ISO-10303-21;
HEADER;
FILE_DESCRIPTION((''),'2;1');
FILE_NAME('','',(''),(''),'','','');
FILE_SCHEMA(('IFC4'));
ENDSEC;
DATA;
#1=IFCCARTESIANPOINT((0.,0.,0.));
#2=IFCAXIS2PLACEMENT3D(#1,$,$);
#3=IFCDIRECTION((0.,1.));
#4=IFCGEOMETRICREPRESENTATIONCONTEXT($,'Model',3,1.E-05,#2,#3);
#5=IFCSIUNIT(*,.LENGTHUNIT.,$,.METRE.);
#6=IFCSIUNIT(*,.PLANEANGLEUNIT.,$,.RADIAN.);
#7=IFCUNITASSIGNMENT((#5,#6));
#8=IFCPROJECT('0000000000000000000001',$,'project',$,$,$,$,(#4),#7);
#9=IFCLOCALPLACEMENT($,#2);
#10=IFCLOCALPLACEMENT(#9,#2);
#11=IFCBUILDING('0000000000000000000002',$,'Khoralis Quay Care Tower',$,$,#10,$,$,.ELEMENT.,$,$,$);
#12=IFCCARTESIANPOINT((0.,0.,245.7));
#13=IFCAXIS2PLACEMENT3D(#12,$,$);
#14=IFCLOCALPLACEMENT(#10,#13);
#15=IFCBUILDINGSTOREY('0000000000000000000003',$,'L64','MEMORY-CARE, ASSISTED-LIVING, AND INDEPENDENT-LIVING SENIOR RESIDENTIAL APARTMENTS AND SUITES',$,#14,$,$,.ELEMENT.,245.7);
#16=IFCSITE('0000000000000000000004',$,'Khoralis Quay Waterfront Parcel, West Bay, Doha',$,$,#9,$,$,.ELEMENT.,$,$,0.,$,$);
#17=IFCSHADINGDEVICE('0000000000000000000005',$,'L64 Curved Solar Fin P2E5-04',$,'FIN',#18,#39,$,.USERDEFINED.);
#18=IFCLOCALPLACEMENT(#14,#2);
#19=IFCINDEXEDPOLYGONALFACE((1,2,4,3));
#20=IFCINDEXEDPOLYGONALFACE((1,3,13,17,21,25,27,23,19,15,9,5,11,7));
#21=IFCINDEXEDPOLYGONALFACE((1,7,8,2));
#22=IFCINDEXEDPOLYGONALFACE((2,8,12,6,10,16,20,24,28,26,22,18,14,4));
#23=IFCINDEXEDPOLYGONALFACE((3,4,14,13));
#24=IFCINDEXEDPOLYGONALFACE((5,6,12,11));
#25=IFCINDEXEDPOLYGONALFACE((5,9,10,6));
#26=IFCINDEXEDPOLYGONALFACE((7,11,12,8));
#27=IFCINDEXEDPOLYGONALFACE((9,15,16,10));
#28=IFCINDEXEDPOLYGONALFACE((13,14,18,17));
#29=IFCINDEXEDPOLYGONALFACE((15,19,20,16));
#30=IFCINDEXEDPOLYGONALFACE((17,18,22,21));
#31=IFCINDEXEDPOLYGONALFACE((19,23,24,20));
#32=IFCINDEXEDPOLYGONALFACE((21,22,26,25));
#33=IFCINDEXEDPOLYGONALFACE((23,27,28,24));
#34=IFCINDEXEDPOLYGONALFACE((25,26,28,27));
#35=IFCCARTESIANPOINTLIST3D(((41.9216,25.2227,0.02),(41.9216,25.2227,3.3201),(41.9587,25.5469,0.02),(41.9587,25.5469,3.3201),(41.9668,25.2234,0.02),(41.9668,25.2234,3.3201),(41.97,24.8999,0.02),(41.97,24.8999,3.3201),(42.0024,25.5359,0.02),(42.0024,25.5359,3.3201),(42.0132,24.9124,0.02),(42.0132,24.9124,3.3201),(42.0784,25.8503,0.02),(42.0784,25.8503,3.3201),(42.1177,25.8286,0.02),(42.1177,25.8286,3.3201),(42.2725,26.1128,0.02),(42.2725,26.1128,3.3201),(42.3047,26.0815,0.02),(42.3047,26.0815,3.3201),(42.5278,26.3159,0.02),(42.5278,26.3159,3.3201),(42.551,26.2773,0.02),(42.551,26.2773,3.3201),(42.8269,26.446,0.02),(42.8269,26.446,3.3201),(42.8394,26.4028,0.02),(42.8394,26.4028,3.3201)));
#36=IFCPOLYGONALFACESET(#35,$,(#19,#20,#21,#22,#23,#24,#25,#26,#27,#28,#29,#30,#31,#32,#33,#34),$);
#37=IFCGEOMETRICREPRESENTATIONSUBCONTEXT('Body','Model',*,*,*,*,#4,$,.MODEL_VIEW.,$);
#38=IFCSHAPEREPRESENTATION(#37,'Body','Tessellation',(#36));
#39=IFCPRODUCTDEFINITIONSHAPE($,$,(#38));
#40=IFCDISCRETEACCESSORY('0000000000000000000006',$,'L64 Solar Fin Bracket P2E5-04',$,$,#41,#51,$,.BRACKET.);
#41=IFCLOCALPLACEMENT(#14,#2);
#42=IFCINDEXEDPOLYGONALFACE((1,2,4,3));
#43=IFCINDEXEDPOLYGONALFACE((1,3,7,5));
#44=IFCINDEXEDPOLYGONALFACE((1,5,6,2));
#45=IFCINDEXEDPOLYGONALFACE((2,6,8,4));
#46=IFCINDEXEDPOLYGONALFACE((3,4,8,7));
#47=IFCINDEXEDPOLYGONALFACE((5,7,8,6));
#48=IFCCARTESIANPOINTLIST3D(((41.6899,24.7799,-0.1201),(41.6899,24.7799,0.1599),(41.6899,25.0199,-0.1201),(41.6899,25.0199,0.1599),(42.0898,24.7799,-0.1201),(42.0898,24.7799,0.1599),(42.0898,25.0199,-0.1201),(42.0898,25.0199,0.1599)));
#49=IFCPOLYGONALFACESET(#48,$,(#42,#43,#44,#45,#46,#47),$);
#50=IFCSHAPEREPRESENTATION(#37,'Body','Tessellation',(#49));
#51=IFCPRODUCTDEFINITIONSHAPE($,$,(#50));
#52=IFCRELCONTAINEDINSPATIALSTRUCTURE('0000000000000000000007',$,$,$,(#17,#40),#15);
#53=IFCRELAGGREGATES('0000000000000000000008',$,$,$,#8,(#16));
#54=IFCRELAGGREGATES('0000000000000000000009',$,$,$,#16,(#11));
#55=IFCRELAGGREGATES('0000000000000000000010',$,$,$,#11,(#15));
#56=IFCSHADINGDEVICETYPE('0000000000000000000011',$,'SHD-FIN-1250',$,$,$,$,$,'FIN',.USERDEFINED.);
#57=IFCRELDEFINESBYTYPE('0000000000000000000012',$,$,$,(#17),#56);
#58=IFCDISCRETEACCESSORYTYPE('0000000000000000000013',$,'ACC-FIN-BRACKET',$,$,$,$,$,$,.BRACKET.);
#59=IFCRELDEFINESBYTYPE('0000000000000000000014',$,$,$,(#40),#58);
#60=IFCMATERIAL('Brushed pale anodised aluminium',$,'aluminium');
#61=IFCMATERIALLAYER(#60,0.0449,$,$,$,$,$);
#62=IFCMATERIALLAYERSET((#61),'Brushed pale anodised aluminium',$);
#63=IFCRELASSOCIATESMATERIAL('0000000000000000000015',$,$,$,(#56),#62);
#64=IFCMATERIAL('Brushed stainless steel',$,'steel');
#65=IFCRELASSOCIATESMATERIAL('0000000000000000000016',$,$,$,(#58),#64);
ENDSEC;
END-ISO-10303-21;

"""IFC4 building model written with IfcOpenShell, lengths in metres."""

from ifc_helpers import new_model, si_unit, direction, frame, origin, origin_2d, place, context, subcontext, project, spatial, polyline, rectangle, outline, extrude, source, transform, mapped, material, layer, layer_set, type_object, element, save


model = new_model("IFC4")

# Units and contexts
model_context = context("Model", 3, precision=1e-05, world=origin(), true_north=direction((0.0, 1.0)))
body_context = subcontext(model_context, "Body", "Model", "MODEL_VIEW")
ifc_project = project(units=[si_unit("LENGTHUNIT", "METRE"), si_unit("PLANEANGLEUNIT", "RADIAN")], contexts=[model_context])

# Site, building, storey
site_placement = place(None, origin())
site = spatial("IfcSite", under=ifc_project, at=site_placement, Name="Khoralis Quay Waterfront Parcel, West Bay, Doha", CompositionType="ELEMENT", RefElevation=0.0)
building_placement = place(site_placement, origin())
building = spatial("IfcBuilding", under=site, at=building_placement, Name="Khoralis Quay Care Tower", CompositionType="ELEMENT")
storey_placement = place(building_placement, frame((0.0, 0.0, 245.7)))
storey = spatial("IfcBuildingStorey", under=building, at=storey_placement, Name="L64", Description="MEMORY-CARE, ASSISTED-LIVING, AND INDEPENDENT-LIVING SENIOR RESIDENTIAL APARTMENTS AND SUITES", CompositionType="ELEMENT", Elevation=245.7)

# Shading device
ifc_material_1 = material(Name="Brushed pale anodised aluminium", Category="aluminium")
ifc_layer_1 = layer(ifc_material_1, 0.0449)
ifc_layer_set_1 = layer_set([ifc_layer_1], Name="Brushed pale anodised aluminium")
shading_device_type = type_object("IfcShadingDeviceType", Name="SHD-FIN-1250", ElementType="FIN", PredefinedType="USERDEFINED", material=ifc_layer_set_1)
shared_shape_1 = source(origin(), body_context, "Body", "SweptSolid", [
    extrude(outline(polyline([(0.0, 0.0), (-0.0483, 0.3228), (-0.0112, 0.647), (0.1084, 0.9504), (0.3025, 1.2129), (0.5579, 1.416), (0.8569, 1.5461), (0.8694, 1.5029), (0.5811, 1.3774), (0.3347, 1.1816), (0.1477, 0.9287), (0.0325, 0.636), (-0.0032, 0.3235), (0.0432, 0.0125), (0.0, 0.0)])), origin(), (0.0, 0.0, 1.0), 3.3),
])
shading_device_placement = place(storey_placement, frame((41.97, 24.8999, 0.02), z_axis=(0.0, 0.0, 1.0), x_axis=(1.0, 0.0, 0.0)))
element("IfcShadingDevice", 1, at=shading_device_placement, inside=storey, type_object=shading_device_type, Name="L64 Curved Solar Fin P2E5-04", ObjectType="FIN", PredefinedType="USERDEFINED", context=body_context, shape_type="MappedRepresentation", body=[
    mapped(shared_shape_1, transform((0.0, 0.0, 0.0), scale=1.0)),
])

# Discrete accessory
ifc_material_2 = material(Name="Brushed stainless steel", Category="steel")
discrete_accessory_type = type_object("IfcDiscreteAccessoryType", Name="ACC-FIN-BRACKET", PredefinedType="BRACKET", material=ifc_material_2)
shared_shape_2 = source(origin(), body_context, "Body", "SweptSolid", [
    extrude(rectangle(XDim=0.3999, YDim=0.24, at=origin_2d()), origin(), (0.0, 0.0, 1.0), 0.28),
])
discrete_accessory_placement = place(storey_placement, frame((41.8899, 24.8999, -0.1201), z_axis=(0.0, 0.0, 1.0), x_axis=(1.0, 0.0, 0.0)))
element("IfcDiscreteAccessory", 2, at=discrete_accessory_placement, inside=storey, type_object=discrete_accessory_type, Name="L64 Solar Fin Bracket P2E5-04", PredefinedType="BRACKET", context=body_context, shape_type="MappedRepresentation", body=[
    mapped(shared_shape_2, transform((0.0, 0.0, 0.0), scale=1.0)),
])

save(model, "model.ifc")
